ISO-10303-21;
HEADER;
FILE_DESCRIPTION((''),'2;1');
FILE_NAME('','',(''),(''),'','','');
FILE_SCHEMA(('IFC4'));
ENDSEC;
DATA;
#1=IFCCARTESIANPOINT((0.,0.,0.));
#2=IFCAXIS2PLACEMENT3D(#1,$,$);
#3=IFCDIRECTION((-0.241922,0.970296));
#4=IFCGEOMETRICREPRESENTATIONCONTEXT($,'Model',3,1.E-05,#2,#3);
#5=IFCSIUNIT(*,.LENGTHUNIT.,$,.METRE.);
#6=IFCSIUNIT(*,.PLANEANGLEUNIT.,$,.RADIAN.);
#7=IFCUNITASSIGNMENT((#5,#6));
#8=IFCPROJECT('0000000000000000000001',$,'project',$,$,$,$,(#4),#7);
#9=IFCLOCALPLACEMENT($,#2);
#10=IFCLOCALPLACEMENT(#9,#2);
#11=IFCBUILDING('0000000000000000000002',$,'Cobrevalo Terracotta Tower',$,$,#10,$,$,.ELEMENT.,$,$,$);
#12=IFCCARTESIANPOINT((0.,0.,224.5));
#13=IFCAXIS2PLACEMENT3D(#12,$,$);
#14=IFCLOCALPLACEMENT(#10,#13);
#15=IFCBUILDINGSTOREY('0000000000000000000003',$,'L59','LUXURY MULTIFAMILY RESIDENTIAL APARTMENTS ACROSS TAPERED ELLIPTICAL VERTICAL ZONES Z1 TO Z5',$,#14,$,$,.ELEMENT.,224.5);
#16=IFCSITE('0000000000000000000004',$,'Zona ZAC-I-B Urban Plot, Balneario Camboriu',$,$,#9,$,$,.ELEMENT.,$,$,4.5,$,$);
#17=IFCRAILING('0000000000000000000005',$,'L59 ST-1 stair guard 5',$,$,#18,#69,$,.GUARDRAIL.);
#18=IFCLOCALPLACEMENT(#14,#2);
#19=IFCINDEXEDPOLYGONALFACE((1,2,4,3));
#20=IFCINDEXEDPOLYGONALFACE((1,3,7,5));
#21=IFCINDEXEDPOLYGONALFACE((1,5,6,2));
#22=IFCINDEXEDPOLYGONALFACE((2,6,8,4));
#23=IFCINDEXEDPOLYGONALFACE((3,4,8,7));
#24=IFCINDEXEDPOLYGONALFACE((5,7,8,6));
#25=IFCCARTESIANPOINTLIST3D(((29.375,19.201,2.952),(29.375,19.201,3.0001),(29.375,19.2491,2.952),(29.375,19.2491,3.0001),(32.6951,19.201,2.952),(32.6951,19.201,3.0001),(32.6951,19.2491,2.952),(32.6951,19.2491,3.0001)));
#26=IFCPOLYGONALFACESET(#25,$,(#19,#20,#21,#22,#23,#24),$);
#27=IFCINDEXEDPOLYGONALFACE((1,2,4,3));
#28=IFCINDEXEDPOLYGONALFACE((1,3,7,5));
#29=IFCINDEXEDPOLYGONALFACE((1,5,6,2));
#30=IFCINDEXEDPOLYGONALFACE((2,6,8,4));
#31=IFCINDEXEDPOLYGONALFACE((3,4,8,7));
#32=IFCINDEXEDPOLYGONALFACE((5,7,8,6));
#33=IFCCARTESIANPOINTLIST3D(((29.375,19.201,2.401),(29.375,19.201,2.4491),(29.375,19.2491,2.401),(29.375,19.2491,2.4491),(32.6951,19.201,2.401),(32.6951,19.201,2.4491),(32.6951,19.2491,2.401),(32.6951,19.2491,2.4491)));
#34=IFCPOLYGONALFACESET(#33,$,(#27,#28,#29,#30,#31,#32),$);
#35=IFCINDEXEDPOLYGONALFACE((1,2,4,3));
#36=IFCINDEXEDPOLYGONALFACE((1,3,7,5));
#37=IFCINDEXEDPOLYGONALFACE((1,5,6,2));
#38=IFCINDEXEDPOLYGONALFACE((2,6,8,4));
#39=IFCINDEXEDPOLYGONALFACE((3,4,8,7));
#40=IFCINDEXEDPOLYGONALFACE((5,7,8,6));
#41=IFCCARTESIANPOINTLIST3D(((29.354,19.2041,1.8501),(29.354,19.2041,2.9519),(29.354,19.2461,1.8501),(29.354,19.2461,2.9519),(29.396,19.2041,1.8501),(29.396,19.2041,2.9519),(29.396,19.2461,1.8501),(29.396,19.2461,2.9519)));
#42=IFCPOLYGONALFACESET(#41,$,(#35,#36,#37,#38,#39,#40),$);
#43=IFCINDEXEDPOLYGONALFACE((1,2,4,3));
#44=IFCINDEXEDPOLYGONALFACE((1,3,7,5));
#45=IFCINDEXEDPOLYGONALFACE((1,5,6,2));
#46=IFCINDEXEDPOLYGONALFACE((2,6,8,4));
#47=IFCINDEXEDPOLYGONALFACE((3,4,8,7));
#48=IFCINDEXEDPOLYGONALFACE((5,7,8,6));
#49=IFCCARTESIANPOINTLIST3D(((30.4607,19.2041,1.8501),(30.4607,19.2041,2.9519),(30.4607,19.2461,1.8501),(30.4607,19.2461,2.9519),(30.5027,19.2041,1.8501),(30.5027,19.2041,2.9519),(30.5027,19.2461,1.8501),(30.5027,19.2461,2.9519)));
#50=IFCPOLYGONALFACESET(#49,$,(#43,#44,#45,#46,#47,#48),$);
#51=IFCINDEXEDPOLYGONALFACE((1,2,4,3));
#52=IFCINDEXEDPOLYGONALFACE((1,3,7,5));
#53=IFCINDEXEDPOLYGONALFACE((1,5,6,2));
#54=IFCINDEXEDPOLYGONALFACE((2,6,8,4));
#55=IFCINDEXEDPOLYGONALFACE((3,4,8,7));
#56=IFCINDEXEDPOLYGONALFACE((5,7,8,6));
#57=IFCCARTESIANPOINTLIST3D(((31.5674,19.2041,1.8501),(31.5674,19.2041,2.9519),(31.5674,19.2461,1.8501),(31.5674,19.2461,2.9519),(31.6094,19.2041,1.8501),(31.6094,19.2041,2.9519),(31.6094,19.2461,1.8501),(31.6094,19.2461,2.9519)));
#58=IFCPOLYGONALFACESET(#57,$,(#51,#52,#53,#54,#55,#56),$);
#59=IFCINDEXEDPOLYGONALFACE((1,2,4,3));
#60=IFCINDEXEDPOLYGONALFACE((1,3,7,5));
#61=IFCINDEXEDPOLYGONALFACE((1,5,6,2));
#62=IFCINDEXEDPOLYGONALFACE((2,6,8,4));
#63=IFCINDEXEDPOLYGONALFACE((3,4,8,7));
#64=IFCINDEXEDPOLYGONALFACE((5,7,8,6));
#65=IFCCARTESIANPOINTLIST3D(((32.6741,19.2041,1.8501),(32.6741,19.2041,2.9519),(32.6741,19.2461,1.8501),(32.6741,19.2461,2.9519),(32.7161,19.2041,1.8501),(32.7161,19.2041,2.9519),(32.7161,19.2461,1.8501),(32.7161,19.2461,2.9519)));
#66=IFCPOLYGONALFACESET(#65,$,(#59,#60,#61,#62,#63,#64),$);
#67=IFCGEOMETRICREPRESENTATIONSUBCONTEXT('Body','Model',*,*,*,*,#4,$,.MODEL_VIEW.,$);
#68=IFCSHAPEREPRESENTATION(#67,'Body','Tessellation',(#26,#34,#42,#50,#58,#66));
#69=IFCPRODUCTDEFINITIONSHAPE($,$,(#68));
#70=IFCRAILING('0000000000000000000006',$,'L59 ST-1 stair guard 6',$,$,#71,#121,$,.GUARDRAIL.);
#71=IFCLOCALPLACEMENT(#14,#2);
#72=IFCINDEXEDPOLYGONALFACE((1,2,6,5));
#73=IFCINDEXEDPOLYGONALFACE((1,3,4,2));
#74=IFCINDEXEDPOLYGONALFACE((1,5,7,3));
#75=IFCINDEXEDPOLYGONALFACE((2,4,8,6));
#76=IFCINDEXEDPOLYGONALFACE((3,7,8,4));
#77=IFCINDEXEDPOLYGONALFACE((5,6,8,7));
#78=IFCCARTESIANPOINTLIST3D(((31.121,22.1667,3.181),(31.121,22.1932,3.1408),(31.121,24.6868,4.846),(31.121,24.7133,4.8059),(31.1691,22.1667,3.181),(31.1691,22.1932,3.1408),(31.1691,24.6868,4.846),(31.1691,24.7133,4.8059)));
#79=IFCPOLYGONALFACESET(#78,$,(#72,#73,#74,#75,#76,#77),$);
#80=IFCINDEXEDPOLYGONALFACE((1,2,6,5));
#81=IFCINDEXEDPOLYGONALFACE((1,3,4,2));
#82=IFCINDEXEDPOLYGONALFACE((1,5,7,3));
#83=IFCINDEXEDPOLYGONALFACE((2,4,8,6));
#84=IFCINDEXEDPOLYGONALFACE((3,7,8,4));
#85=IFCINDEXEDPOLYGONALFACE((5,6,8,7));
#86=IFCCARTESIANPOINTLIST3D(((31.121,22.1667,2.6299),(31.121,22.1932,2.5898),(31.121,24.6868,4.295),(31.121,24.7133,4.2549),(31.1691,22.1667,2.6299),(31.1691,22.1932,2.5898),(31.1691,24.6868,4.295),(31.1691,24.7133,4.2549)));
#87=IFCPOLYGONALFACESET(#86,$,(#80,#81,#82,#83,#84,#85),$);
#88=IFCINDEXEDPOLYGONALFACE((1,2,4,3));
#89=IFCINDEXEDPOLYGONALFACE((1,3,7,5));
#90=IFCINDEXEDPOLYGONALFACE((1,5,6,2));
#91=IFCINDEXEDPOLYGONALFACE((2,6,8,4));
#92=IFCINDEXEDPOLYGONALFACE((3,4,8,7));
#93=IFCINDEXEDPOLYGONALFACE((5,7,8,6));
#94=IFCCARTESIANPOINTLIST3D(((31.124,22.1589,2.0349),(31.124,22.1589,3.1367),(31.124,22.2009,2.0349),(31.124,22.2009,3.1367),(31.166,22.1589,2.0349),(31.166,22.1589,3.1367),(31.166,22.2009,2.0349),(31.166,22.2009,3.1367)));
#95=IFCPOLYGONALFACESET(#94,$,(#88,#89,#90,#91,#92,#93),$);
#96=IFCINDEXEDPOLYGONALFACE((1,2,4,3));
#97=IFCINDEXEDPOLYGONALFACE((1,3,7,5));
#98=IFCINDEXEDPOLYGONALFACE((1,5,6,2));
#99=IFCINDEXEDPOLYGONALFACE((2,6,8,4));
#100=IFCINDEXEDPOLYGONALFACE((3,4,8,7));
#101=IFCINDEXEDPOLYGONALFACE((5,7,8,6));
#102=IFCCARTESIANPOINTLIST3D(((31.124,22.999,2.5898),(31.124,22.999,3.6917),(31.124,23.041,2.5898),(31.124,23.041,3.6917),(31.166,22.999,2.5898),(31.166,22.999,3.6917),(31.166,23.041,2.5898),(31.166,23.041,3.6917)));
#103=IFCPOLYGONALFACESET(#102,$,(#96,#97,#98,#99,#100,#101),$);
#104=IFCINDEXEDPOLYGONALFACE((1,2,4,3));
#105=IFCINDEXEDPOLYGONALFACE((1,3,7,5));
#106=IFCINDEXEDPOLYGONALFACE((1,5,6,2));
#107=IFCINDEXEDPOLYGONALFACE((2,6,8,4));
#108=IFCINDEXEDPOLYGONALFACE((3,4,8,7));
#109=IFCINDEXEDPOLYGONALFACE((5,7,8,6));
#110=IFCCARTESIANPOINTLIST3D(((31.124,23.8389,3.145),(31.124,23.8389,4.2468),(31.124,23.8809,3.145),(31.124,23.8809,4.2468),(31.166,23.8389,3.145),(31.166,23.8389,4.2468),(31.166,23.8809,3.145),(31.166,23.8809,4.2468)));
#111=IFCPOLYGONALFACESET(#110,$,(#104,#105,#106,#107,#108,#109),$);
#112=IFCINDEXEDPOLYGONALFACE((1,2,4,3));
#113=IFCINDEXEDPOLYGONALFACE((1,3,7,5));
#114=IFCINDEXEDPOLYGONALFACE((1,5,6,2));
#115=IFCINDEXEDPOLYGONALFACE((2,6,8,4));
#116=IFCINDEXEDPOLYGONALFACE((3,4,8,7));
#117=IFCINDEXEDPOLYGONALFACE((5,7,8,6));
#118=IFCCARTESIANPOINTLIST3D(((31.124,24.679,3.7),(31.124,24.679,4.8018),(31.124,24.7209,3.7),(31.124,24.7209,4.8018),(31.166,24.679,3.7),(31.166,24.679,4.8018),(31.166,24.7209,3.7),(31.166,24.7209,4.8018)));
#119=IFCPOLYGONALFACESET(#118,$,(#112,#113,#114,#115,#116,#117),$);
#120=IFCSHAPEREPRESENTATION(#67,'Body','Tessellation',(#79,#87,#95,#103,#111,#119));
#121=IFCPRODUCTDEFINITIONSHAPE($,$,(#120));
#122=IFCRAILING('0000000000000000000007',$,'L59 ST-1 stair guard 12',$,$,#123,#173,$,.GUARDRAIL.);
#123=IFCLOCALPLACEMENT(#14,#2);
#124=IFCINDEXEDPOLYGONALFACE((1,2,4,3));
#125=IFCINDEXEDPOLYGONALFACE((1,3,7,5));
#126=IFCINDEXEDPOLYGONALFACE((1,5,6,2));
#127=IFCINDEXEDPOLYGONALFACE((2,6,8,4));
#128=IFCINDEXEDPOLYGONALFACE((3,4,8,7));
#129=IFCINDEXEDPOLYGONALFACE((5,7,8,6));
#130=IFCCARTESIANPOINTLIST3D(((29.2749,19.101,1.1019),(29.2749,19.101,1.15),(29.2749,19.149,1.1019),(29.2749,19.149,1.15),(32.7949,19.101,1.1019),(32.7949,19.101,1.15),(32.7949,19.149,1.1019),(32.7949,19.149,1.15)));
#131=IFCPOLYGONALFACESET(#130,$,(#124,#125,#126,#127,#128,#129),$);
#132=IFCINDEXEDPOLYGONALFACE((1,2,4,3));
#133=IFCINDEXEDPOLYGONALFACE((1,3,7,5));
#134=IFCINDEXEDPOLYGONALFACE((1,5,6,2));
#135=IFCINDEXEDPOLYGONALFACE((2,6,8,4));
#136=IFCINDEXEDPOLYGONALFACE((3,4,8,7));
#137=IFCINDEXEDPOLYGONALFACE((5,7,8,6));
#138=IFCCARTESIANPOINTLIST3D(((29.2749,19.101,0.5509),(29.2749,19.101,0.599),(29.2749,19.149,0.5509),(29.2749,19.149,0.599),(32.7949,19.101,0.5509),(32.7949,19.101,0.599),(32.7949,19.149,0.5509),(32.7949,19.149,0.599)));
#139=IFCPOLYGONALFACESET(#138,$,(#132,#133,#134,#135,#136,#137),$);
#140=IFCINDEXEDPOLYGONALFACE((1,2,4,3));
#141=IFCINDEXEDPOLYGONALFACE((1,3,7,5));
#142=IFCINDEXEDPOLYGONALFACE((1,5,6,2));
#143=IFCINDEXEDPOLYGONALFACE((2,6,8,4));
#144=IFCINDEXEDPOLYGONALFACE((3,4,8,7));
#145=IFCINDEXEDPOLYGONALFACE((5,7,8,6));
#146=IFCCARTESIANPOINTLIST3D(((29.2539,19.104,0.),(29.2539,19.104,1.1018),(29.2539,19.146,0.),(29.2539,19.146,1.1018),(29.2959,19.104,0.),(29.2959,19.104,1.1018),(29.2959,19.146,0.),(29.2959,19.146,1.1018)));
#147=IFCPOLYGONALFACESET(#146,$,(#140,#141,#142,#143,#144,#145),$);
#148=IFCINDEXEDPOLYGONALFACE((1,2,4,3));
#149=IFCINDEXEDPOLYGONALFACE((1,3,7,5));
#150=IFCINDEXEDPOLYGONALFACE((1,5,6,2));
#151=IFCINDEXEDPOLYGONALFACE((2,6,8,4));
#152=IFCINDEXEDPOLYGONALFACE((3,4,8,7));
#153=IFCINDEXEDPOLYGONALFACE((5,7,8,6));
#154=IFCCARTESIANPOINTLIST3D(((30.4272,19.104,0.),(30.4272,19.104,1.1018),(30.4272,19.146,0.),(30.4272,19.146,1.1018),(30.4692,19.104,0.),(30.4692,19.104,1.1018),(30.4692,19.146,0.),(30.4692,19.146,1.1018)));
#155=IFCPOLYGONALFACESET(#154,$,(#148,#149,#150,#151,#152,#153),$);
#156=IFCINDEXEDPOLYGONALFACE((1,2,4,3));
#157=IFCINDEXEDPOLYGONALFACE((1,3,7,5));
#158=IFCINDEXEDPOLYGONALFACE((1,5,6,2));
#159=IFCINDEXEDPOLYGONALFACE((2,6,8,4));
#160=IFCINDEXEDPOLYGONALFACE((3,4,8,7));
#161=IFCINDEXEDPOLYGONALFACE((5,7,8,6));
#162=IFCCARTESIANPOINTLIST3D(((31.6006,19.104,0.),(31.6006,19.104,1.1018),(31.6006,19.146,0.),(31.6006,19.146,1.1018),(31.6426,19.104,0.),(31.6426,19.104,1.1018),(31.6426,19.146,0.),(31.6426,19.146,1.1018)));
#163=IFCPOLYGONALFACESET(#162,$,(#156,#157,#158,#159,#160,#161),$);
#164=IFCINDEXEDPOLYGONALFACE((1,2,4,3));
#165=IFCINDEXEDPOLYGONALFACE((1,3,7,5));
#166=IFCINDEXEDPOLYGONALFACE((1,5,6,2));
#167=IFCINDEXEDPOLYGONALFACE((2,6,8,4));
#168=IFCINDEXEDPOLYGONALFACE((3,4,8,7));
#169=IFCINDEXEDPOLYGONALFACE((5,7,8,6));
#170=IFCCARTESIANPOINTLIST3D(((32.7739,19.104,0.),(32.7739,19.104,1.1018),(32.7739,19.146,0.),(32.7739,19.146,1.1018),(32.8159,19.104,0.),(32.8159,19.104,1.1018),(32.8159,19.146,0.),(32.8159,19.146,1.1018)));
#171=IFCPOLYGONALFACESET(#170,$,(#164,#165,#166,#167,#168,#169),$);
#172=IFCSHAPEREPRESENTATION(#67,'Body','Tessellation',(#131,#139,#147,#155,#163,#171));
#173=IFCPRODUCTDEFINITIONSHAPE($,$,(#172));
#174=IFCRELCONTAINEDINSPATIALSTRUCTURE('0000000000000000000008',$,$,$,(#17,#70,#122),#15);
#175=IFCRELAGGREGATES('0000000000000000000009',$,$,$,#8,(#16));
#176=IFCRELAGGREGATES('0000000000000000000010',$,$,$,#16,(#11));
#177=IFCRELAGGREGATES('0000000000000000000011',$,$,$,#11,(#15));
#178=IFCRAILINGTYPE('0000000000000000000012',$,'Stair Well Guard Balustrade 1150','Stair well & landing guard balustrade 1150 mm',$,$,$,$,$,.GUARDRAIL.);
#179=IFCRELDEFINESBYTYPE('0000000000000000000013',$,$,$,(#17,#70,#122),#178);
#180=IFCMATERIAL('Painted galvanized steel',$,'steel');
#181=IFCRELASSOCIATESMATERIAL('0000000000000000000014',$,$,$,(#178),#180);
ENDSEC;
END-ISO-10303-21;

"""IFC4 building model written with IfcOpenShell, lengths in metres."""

from ifc_helpers import new_model, si_unit, direction, frame, origin, origin_2d, place, context, subcontext, project, spatial, rectangle, extrude, material, type_object, element, save


model = new_model("IFC4")

# Units and contexts
model_context = context("Model", 3, precision=1e-05, world=origin(), true_north=direction((-0.241922, 0.970296)))
body_context = subcontext(model_context, "Body", "Model", "MODEL_VIEW")
ifc_project = project(units=[si_unit("LENGTHUNIT", "METRE"), si_unit("PLANEANGLEUNIT", "RADIAN")], contexts=[model_context])

# Site, building, storey
site_placement = place(None, origin())
site = spatial("IfcSite", under=ifc_project, at=site_placement, Name="Zona ZAC-I-B Urban Plot, Balneario Camboriu", CompositionType="ELEMENT", RefElevation=4.5)
building_placement = place(site_placement, origin())
building = spatial("IfcBuilding", under=site, at=building_placement, Name="Cobrevalo Terracotta Tower", CompositionType="ELEMENT")
storey_placement = place(building_placement, frame((0.0, 0.0, 224.5)))
storey = spatial("IfcBuildingStorey", under=building, at=storey_placement, Name="L59", Description="LUXURY MULTIFAMILY RESIDENTIAL APARTMENTS ACROSS TAPERED ELLIPTICAL VERTICAL ZONES Z1 TO Z5", CompositionType="ELEMENT", Elevation=224.5)

# Railings
ifc_material_1 = material(Name="Painted galvanized steel", Category="steel")
railing_type_1 = type_object("IfcRailingType", Name="Stair Well Guard Balustrade 1150", Description="Stair well & landing guard balustrade 1150 mm", PredefinedType="GUARDRAIL", material=ifc_material_1)
railing_1_placement = place(storey_placement, frame((29.375, 19.2251, 1.8501)))
element("IfcRailing", 1, at=railing_1_placement, inside=storey, type_object=railing_type_1, Name="L59 ST-1 stair guard 5", PredefinedType="GUARDRAIL", context=body_context, shape_type="SweptSolid", body=[
    extrude(rectangle(XDim=0.0481, YDim=0.0481, at=origin_2d()), frame((0.0, 0.0, 1.126), z_axis=(1.0, 0.0, 0.0), x_axis=(0.0, 1.0, 0.0)), (0.0, 0.0, 1.0), 3.3201),
    extrude(rectangle(XDim=0.0481, YDim=0.0481, at=origin_2d()), frame((0.0, 0.0, 0.575), z_axis=(1.0, 0.0, 0.0), x_axis=(0.0, 1.0, 0.0)), (0.0, 0.0, 1.0), 3.3201),
    extrude(rectangle(XDim=0.042, YDim=0.042, at=origin_2d()), origin(), (0.0, 0.0, 1.0), 1.1018),
    extrude(rectangle(XDim=0.042, YDim=0.042, at=origin_2d()), frame((1.1067, 0.0, 0.0)), (0.0, 0.0, 1.0), 1.1018),
    extrude(rectangle(XDim=0.042, YDim=0.042, at=origin_2d()), frame((2.2134, 0.0, 0.0)), (0.0, 0.0, 1.0), 1.1018),
    extrude(rectangle(XDim=0.042, YDim=0.042, at=origin_2d()), frame((3.3201, 0.0, 0.0)), (0.0, 0.0, 1.0), 1.1018),
])
railing_2_placement = place(storey_placement, frame((31.145, 22.1799, 2.0349)))
element("IfcRailing", 2, at=railing_2_placement, inside=storey, type_object=railing_type_1, Name="L59 ST-1 stair guard 6", PredefinedType="GUARDRAIL", context=body_context, shape_type="SweptSolid", body=[
    extrude(rectangle(XDim=0.0481, YDim=0.0481, at=origin_2d()), frame((0.0, 0.0, 1.126), z_axis=(0.0, 0.834331, 0.551263), x_axis=(-1.0, 0.0, 0.0)), (0.0, 0.0, 1.0), 3.0205),
    extrude(rectangle(XDim=0.0481, YDim=0.0481, at=origin_2d()), frame((0.0, 0.0, 0.575), z_axis=(0.0, 0.834331, 0.551263), x_axis=(-1.0, 0.0, 0.0)), (0.0, 0.0, 1.0), 3.0205),
    extrude(rectangle(XDim=0.042, YDim=0.042, at=origin_2d()), origin(), (0.0, 0.0, 1.0), 1.1018),
    extrude(rectangle(XDim=0.042, YDim=0.042, at=origin_2d()), frame((0.0, 0.8401, 0.5549)), (0.0, 0.0, 1.0), 1.1018),
    extrude(rectangle(XDim=0.042, YDim=0.042, at=origin_2d()), frame((0.0, 1.6799, 1.1101)), (0.0, 0.0, 1.0), 1.1018),
    extrude(rectangle(XDim=0.042, YDim=0.042, at=origin_2d()), frame((0.0, 2.52, 1.665)), (0.0, 0.0, 1.0), 1.1018),
])
railing_3_placement = place(storey_placement, frame((29.2749, 19.125, 0.0)))
element("IfcRailing", 3, at=railing_3_placement, inside=storey, type_object=railing_type_1, Name="L59 ST-1 stair guard 12", PredefinedType="GUARDRAIL", context=body_context, shape_type="SweptSolid", body=[
    extrude(rectangle(XDim=0.0481, YDim=0.0481, at=origin_2d()), frame((0.0, 0.0, 1.126), z_axis=(1.0, 0.0, 0.0), x_axis=(0.0, 1.0, 0.0)), (0.0, 0.0, 1.0), 3.52),
    extrude(rectangle(XDim=0.0481, YDim=0.0481, at=origin_2d()), frame((0.0, 0.0, 0.575), z_axis=(1.0, 0.0, 0.0), x_axis=(0.0, 1.0, 0.0)), (0.0, 0.0, 1.0), 3.52),
    extrude(rectangle(XDim=0.042, YDim=0.042, at=origin_2d()), origin(), (0.0, 0.0, 1.0), 1.1018),
    extrude(rectangle(XDim=0.042, YDim=0.042, at=origin_2d()), frame((1.1733, 0.0, 0.0)), (0.0, 0.0, 1.0), 1.1018),
    extrude(rectangle(XDim=0.042, YDim=0.042, at=origin_2d()), frame((2.3467, 0.0, 0.0)), (0.0, 0.0, 1.0), 1.1018),
    extrude(rectangle(XDim=0.042, YDim=0.042, at=origin_2d()), frame((3.52, 0.0, 0.0)), (0.0, 0.0, 1.0), 1.1018),
])

save(model, "model.ifc")
